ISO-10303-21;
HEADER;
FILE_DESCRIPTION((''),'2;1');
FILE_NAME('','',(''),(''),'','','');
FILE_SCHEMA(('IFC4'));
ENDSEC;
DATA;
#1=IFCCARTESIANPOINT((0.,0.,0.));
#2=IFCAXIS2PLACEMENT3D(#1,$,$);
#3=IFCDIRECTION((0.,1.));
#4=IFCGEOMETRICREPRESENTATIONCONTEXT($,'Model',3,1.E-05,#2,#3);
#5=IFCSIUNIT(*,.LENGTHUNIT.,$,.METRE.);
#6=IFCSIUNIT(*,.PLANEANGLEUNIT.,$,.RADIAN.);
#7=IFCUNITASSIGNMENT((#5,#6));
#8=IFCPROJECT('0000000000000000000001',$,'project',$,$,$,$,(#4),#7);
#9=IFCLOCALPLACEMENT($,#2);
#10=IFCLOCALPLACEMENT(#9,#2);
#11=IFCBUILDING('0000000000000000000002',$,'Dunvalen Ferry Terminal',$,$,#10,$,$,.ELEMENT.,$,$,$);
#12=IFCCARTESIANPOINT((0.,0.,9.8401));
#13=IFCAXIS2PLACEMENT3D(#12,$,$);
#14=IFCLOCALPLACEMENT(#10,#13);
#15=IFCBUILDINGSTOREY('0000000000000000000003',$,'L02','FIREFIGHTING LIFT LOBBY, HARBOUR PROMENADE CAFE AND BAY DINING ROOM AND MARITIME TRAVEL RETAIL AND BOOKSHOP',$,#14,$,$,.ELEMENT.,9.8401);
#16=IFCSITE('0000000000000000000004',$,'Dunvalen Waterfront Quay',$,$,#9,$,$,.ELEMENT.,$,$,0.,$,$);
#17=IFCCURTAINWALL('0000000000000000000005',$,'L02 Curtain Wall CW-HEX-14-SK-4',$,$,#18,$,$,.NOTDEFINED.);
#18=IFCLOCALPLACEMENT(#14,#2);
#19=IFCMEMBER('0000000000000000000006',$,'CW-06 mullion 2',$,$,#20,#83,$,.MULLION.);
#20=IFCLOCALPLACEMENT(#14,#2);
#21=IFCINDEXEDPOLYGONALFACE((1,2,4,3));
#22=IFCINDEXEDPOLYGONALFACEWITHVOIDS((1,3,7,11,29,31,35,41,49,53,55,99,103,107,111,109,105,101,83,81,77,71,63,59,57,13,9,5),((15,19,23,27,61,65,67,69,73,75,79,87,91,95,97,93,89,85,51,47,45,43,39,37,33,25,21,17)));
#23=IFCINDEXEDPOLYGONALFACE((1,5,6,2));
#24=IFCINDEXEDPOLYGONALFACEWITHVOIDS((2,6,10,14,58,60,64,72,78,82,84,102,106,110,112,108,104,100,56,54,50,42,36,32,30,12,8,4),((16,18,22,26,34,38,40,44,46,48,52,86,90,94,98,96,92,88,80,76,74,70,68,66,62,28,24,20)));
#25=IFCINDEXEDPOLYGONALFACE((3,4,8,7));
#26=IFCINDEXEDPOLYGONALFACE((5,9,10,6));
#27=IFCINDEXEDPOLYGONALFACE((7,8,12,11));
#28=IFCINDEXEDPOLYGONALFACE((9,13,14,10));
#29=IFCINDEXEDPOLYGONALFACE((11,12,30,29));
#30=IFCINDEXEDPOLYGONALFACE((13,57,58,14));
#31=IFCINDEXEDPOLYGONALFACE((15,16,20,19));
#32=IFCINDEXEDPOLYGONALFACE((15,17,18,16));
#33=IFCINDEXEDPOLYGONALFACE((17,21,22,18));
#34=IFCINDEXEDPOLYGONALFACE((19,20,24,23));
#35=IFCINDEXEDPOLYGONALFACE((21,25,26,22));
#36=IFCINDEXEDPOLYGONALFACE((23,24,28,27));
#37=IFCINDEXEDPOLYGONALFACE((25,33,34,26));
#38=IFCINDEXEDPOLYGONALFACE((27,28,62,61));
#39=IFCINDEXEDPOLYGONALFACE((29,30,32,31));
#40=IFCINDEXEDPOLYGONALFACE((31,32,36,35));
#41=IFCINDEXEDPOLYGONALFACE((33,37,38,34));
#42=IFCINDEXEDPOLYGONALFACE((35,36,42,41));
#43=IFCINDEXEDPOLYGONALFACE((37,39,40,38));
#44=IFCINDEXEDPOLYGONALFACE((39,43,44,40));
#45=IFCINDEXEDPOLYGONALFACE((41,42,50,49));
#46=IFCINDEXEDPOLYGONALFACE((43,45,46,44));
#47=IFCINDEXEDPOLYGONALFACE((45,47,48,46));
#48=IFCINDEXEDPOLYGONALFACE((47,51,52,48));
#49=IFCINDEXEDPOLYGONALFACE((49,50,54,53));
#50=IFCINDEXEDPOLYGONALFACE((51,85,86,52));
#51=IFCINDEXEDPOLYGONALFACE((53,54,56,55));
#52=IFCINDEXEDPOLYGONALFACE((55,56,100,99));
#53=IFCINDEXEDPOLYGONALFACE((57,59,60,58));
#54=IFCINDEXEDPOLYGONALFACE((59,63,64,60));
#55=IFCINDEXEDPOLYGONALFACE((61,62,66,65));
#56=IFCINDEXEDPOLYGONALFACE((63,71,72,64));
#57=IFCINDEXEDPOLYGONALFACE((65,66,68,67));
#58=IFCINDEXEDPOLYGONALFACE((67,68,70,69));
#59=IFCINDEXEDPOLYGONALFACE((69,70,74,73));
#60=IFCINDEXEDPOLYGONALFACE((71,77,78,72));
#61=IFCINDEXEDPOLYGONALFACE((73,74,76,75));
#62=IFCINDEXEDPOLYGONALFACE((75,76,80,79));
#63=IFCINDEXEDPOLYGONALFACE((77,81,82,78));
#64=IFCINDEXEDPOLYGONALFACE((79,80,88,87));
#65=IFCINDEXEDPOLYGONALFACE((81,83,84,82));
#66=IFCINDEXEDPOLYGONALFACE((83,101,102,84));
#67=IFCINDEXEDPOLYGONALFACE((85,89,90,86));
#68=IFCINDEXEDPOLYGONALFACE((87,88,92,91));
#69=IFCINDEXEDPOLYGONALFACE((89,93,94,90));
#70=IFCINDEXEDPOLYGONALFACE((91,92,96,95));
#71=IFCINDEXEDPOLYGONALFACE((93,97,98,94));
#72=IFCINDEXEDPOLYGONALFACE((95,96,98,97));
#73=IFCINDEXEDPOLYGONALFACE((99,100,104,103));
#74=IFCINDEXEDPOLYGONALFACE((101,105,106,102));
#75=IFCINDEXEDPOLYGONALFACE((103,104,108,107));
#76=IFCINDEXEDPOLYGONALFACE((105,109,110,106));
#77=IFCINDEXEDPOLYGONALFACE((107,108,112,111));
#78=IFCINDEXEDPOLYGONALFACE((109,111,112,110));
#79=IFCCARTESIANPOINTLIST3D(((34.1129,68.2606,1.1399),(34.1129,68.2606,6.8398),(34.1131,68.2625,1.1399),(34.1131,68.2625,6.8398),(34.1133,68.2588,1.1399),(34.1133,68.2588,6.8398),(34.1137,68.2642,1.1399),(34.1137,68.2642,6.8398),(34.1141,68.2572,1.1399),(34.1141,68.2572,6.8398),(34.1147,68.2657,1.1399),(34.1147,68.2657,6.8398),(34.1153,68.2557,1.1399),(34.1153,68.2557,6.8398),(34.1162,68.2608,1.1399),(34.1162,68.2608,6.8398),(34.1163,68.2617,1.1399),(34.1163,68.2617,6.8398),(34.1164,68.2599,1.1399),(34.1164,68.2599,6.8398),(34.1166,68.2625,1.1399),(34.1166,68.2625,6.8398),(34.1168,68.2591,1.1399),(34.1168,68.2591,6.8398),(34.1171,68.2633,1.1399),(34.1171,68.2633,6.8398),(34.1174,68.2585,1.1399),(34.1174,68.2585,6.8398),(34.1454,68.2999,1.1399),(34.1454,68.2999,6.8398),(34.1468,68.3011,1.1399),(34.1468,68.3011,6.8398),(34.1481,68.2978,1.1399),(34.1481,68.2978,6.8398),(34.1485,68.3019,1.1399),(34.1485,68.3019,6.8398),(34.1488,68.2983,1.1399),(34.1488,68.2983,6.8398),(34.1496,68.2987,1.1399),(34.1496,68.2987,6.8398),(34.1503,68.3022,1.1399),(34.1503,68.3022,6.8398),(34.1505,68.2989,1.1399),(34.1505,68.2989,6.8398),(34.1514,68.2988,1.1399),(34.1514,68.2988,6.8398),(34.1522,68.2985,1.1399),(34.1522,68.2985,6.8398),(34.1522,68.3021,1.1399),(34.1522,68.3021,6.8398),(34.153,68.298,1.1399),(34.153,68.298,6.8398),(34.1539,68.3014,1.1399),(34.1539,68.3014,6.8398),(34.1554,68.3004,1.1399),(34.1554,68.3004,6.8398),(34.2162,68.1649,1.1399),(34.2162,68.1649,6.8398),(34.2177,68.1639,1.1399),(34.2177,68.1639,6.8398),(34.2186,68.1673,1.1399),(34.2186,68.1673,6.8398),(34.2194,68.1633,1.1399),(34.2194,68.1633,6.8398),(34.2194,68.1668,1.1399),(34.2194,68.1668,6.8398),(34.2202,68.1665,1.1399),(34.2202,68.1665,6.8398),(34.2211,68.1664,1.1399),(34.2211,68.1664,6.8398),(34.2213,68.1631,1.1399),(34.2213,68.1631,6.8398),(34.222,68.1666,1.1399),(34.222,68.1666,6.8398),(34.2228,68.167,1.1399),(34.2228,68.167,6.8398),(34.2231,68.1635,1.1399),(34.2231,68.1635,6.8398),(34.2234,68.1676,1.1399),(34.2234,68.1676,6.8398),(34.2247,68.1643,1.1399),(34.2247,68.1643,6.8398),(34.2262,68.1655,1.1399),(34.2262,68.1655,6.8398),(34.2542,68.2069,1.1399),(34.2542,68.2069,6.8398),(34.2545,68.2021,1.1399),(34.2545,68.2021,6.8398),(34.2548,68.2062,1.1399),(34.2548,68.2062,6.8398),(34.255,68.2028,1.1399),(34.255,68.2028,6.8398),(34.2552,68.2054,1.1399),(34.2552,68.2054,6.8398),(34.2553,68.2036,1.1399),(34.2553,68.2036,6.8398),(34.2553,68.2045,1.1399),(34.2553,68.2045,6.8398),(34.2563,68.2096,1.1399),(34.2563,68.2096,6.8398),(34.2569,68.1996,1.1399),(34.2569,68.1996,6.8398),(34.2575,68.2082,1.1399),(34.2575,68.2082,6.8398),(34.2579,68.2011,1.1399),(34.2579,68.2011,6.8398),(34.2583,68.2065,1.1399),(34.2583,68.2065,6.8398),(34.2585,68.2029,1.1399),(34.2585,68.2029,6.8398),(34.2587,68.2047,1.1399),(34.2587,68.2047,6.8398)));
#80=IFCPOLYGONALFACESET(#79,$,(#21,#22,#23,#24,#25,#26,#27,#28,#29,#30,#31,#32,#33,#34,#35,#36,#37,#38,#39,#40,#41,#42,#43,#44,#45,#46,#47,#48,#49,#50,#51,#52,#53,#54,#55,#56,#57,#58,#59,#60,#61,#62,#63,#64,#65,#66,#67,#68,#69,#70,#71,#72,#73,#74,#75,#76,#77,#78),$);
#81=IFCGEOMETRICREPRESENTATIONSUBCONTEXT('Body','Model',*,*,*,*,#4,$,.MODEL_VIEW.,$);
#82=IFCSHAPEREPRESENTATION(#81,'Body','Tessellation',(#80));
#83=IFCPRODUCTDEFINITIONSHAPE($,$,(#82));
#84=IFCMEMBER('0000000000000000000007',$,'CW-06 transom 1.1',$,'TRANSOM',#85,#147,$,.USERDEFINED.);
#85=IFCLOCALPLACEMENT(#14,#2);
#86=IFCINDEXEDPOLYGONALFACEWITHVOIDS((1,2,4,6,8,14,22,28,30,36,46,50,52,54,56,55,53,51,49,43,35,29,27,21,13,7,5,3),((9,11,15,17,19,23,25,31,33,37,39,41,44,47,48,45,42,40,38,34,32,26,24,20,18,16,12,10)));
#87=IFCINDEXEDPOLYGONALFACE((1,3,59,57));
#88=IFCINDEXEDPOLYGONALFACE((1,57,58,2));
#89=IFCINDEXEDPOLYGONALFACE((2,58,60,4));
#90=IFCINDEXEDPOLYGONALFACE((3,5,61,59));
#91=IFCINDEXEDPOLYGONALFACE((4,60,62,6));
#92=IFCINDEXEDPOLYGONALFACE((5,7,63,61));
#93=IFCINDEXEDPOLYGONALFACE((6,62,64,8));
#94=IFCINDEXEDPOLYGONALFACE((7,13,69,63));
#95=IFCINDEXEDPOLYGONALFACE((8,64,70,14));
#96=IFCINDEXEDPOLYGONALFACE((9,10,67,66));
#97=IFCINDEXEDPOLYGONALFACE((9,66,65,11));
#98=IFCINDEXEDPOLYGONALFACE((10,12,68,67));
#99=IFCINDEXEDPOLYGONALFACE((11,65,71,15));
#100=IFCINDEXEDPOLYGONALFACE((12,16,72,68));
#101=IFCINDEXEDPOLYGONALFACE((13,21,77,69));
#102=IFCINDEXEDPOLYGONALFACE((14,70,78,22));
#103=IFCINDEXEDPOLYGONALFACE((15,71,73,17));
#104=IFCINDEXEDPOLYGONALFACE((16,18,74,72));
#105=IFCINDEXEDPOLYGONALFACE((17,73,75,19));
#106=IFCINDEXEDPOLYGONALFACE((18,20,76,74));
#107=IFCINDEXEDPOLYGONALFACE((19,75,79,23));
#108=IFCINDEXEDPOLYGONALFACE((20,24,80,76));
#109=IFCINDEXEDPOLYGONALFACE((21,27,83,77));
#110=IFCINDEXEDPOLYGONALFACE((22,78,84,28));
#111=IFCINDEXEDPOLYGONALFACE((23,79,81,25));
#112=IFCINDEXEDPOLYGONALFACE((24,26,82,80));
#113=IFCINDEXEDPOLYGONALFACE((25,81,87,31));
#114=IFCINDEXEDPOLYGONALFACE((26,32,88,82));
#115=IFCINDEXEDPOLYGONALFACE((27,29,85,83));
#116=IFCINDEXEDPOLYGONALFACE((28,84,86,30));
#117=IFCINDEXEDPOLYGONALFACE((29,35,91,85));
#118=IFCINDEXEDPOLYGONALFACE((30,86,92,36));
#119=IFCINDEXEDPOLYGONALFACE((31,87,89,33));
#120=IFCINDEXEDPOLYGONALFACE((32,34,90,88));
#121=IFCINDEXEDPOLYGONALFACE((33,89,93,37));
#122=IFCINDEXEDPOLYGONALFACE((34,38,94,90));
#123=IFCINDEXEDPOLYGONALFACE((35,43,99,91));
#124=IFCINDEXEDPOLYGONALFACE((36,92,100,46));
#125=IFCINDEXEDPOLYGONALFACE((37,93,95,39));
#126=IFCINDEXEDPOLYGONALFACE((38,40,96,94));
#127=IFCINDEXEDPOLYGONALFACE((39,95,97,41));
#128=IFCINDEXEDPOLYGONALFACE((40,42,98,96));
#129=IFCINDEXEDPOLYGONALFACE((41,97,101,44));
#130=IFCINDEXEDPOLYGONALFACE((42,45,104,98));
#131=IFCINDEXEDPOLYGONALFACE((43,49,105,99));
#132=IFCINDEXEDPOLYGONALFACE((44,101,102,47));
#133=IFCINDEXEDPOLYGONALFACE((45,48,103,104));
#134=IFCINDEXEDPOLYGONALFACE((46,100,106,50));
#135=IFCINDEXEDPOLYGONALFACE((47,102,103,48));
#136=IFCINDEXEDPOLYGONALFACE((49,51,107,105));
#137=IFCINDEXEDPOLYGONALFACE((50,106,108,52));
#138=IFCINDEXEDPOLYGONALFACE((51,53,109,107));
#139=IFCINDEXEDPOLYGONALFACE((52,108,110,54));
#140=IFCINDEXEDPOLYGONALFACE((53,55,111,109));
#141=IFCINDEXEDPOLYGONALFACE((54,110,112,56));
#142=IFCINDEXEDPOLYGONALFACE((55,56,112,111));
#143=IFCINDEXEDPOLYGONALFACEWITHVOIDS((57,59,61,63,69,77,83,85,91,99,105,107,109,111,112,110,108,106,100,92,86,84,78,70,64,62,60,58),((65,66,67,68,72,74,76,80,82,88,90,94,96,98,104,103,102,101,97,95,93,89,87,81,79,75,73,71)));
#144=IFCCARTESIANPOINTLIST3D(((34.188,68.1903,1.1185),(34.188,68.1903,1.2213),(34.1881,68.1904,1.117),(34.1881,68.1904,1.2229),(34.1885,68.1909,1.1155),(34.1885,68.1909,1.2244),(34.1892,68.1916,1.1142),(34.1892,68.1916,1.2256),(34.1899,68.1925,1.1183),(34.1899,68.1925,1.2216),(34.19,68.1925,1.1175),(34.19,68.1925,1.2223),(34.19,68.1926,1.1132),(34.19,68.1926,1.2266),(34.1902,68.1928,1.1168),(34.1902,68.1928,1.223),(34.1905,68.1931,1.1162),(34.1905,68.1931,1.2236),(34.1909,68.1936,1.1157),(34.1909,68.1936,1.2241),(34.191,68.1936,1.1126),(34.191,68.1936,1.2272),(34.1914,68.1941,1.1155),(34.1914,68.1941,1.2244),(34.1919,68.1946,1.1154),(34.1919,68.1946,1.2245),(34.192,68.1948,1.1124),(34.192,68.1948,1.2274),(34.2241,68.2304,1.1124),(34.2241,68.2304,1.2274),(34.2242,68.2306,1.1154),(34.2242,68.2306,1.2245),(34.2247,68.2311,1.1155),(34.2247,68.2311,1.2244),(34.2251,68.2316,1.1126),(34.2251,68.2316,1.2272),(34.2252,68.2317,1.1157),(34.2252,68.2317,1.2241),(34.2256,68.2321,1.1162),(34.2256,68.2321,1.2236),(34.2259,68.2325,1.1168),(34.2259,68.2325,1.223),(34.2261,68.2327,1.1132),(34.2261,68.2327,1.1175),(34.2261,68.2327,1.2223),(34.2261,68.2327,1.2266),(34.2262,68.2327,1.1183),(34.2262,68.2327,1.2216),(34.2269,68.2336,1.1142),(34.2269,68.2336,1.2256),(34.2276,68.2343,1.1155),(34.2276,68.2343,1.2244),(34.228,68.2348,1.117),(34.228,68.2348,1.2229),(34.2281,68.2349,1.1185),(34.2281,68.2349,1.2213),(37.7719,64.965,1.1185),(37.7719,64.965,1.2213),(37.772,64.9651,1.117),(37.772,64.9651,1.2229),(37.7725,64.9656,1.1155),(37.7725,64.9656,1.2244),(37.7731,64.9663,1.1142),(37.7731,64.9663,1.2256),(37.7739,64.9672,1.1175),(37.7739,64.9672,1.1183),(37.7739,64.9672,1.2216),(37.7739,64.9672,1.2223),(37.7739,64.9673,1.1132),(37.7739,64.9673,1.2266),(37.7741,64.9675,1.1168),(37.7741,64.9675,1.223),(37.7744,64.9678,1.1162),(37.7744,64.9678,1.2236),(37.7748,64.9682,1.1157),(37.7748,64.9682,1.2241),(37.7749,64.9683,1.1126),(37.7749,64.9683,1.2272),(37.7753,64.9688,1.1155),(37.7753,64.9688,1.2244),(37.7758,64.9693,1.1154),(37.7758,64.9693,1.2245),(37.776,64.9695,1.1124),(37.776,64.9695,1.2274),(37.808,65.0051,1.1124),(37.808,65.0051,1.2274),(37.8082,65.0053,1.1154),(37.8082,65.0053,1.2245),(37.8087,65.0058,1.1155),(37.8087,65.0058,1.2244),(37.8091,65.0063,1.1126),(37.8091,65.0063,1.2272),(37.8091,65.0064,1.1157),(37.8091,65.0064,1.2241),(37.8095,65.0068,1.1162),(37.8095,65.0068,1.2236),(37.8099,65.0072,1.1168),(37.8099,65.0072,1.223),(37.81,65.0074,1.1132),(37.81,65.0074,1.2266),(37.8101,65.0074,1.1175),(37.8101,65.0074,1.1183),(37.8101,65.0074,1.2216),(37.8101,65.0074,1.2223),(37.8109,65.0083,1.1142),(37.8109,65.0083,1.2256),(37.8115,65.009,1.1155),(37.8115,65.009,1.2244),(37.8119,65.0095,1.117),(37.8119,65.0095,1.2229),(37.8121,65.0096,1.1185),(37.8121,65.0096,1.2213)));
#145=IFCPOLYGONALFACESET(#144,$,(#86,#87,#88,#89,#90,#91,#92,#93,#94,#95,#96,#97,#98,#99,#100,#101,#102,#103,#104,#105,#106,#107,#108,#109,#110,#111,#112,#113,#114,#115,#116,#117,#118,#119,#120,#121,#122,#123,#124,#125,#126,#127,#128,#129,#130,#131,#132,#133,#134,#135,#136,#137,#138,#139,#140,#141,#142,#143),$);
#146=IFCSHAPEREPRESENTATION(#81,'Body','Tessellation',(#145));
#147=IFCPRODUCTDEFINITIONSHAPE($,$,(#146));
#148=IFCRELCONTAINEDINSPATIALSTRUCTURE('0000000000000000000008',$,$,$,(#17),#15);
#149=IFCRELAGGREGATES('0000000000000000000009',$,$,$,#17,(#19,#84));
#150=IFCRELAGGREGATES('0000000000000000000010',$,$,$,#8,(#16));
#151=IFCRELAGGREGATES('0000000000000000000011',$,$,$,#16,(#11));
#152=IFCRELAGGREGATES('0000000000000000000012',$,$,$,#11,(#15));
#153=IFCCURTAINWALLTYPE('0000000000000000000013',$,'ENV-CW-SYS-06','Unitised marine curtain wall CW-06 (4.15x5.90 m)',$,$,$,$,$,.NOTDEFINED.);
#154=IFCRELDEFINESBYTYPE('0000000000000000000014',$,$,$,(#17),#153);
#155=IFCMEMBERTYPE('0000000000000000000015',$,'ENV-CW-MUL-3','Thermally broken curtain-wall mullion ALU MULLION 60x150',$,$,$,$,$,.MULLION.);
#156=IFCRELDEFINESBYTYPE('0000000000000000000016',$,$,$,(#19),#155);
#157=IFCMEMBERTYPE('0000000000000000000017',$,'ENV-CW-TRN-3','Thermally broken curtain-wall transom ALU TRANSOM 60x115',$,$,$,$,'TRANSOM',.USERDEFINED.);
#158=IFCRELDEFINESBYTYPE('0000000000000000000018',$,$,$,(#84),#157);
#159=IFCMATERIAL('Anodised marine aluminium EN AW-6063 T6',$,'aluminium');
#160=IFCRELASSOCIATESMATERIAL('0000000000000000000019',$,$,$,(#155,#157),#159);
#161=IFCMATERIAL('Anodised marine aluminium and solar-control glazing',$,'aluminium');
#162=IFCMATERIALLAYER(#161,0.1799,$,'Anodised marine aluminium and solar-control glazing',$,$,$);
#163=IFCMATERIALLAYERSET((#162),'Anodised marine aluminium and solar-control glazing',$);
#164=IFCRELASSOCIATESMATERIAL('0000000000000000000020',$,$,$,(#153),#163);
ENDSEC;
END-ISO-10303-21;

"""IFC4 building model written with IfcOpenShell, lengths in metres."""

from ifc_helpers import new_model, si_unit, direction, frame, origin, origin_2d, place, context, subcontext, project, spatial, hollow_rectangle, extrude, material, layer, layer_set, material_profile, profile_set, type_object, element, aggregate, save


model = new_model("IFC4")

# Units and contexts
model_context = context("Model", 3, precision=1e-05, world=origin(), true_north=direction((0.0, 1.0)))
body_context = subcontext(model_context, "Body", "Model", "MODEL_VIEW")
ifc_project = project(units=[si_unit("LENGTHUNIT", "METRE"), si_unit("PLANEANGLEUNIT", "RADIAN")], contexts=[model_context])

# Site, building, storey
site_placement = place(None, origin())
site = spatial("IfcSite", under=ifc_project, at=site_placement, Name="Dunvalen Waterfront Quay", CompositionType="ELEMENT", RefElevation=0.0)
building_placement = place(site_placement, origin())
building = spatial("IfcBuilding", under=site, at=building_placement, Name="Dunvalen Ferry Terminal", CompositionType="ELEMENT")
storey_placement = place(building_placement, frame((0.0, 0.0, 9.8401)))
storey = spatial("IfcBuildingStorey", under=building, at=storey_placement, Name="L02", Description="FIREFIGHTING LIFT LOBBY, HARBOUR PROMENADE CAFE AND BAY DINING ROOM AND MARITIME TRAVEL RETAIL AND BOOKSHOP", CompositionType="ELEMENT", Elevation=9.8401)

# Shared definitions
ifc_material_1 = material(Name="Anodised marine aluminium and solar-control glazing", Category="aluminium")
ifc_material_2 = material(Name="Anodised marine aluminium EN AW-6063 T6", Category="aluminium")
ifc_material_profile_1 = material_profile(ifc_material_2, hollow_rectangle(XDim=0.0601, YDim=0.1499, WallThickness=0.0034, InnerFilletRadius=0.0034, OuterFilletRadius=0.0071, at=origin_2d()), Name="Anodised marine aluminium EN AW-6063 T6")
ifc_profile_set_1 = profile_set([ifc_material_profile_1], Name="Anodised marine aluminium EN AW-6063 T6")
member_type_1 = type_object("IfcMemberType", Name="ENV-CW-MUL-3", Description="Thermally broken curtain-wall mullion ALU MULLION 60x150", PredefinedType="MULLION", material=ifc_profile_set_1)

# Curtain wall, members
ifc_layer_1 = layer(ifc_material_1, 0.1799, Name="Anodised marine aluminium and solar-control glazing")
ifc_layer_set_1 = layer_set([ifc_layer_1], Name="Anodised marine aluminium and solar-control glazing")
curtain_wall_type_1 = type_object("IfcCurtainWallType", Name="ENV-CW-SYS-06", Description="Unitised marine curtain wall CW-06 (4.15x5.90 m)", PredefinedType="NOTDEFINED", material=ifc_layer_set_1)
curtain_wall_1_placement = place(storey_placement, origin())
curtain_wall_1 = element("IfcCurtainWall", 1, at=curtain_wall_1_placement, inside=storey, type_object=curtain_wall_type_1, Name="L02 Curtain Wall CW-HEX-14-SK-4", PredefinedType="NOTDEFINED")
member_1_placement = place(storey_placement, frame((34.1858, 68.2327, 1.1399), z_axis=(0.0, 0.0, 1.0), x_axis=(-0.668954, -0.743304, 0.0)))
member_1 = element("IfcMember", 2, at=member_1_placement, type_object=member_type_1, Name="CW-06 mullion 2", PredefinedType="MULLION", context=body_context, shape_type="SweptSolid", body=[
    extrude(hollow_rectangle(XDim=0.0601, YDim=0.1499, WallThickness=0.0034, InnerFilletRadius=0.0034, OuterFilletRadius=0.0071, at=origin_2d()), origin(), (0.0, 0.0, 1.0), 5.7),
])
ifc_material_profile_2 = material_profile(ifc_material_2, hollow_rectangle(XDim=0.0601, YDim=0.115, WallThickness=0.0029, InnerFilletRadius=0.0029, OuterFilletRadius=0.0061, at=origin_2d()), Name="Anodised marine aluminium EN AW-6063 T6")
ifc_profile_set_2 = profile_set([ifc_material_profile_2], Name="Anodised marine aluminium EN AW-6063 T6")
member_type_2 = type_object("IfcMemberType", Name="ENV-CW-TRN-3", Description="Thermally broken curtain-wall transom ALU TRANSOM 60x115", ElementType="TRANSOM", PredefinedType="USERDEFINED", material=ifc_profile_set_2)
member_2_placement = place(storey_placement, frame((37.792, 64.9873, 1.1699), z_axis=(-0.743319, 0.668937, 0.0), x_axis=(-0.668937, -0.743319, 0.0)))
member_2 = element("IfcMember", 3, at=member_2_placement, type_object=member_type_2, Name="CW-06 transom 1.1", ObjectType="TRANSOM", PredefinedType="USERDEFINED", context=body_context, shape_type="SweptSolid", body=[
    extrude(hollow_rectangle(XDim=0.0601, YDim=0.115, WallThickness=0.0029, InnerFilletRadius=0.0029, OuterFilletRadius=0.0061, at=origin_2d()), origin(), (0.0, 0.0, 1.0), 4.8215),
])

aggregate(curtain_wall_1, [member_1, member_2])

save(model, "model.ifc")
